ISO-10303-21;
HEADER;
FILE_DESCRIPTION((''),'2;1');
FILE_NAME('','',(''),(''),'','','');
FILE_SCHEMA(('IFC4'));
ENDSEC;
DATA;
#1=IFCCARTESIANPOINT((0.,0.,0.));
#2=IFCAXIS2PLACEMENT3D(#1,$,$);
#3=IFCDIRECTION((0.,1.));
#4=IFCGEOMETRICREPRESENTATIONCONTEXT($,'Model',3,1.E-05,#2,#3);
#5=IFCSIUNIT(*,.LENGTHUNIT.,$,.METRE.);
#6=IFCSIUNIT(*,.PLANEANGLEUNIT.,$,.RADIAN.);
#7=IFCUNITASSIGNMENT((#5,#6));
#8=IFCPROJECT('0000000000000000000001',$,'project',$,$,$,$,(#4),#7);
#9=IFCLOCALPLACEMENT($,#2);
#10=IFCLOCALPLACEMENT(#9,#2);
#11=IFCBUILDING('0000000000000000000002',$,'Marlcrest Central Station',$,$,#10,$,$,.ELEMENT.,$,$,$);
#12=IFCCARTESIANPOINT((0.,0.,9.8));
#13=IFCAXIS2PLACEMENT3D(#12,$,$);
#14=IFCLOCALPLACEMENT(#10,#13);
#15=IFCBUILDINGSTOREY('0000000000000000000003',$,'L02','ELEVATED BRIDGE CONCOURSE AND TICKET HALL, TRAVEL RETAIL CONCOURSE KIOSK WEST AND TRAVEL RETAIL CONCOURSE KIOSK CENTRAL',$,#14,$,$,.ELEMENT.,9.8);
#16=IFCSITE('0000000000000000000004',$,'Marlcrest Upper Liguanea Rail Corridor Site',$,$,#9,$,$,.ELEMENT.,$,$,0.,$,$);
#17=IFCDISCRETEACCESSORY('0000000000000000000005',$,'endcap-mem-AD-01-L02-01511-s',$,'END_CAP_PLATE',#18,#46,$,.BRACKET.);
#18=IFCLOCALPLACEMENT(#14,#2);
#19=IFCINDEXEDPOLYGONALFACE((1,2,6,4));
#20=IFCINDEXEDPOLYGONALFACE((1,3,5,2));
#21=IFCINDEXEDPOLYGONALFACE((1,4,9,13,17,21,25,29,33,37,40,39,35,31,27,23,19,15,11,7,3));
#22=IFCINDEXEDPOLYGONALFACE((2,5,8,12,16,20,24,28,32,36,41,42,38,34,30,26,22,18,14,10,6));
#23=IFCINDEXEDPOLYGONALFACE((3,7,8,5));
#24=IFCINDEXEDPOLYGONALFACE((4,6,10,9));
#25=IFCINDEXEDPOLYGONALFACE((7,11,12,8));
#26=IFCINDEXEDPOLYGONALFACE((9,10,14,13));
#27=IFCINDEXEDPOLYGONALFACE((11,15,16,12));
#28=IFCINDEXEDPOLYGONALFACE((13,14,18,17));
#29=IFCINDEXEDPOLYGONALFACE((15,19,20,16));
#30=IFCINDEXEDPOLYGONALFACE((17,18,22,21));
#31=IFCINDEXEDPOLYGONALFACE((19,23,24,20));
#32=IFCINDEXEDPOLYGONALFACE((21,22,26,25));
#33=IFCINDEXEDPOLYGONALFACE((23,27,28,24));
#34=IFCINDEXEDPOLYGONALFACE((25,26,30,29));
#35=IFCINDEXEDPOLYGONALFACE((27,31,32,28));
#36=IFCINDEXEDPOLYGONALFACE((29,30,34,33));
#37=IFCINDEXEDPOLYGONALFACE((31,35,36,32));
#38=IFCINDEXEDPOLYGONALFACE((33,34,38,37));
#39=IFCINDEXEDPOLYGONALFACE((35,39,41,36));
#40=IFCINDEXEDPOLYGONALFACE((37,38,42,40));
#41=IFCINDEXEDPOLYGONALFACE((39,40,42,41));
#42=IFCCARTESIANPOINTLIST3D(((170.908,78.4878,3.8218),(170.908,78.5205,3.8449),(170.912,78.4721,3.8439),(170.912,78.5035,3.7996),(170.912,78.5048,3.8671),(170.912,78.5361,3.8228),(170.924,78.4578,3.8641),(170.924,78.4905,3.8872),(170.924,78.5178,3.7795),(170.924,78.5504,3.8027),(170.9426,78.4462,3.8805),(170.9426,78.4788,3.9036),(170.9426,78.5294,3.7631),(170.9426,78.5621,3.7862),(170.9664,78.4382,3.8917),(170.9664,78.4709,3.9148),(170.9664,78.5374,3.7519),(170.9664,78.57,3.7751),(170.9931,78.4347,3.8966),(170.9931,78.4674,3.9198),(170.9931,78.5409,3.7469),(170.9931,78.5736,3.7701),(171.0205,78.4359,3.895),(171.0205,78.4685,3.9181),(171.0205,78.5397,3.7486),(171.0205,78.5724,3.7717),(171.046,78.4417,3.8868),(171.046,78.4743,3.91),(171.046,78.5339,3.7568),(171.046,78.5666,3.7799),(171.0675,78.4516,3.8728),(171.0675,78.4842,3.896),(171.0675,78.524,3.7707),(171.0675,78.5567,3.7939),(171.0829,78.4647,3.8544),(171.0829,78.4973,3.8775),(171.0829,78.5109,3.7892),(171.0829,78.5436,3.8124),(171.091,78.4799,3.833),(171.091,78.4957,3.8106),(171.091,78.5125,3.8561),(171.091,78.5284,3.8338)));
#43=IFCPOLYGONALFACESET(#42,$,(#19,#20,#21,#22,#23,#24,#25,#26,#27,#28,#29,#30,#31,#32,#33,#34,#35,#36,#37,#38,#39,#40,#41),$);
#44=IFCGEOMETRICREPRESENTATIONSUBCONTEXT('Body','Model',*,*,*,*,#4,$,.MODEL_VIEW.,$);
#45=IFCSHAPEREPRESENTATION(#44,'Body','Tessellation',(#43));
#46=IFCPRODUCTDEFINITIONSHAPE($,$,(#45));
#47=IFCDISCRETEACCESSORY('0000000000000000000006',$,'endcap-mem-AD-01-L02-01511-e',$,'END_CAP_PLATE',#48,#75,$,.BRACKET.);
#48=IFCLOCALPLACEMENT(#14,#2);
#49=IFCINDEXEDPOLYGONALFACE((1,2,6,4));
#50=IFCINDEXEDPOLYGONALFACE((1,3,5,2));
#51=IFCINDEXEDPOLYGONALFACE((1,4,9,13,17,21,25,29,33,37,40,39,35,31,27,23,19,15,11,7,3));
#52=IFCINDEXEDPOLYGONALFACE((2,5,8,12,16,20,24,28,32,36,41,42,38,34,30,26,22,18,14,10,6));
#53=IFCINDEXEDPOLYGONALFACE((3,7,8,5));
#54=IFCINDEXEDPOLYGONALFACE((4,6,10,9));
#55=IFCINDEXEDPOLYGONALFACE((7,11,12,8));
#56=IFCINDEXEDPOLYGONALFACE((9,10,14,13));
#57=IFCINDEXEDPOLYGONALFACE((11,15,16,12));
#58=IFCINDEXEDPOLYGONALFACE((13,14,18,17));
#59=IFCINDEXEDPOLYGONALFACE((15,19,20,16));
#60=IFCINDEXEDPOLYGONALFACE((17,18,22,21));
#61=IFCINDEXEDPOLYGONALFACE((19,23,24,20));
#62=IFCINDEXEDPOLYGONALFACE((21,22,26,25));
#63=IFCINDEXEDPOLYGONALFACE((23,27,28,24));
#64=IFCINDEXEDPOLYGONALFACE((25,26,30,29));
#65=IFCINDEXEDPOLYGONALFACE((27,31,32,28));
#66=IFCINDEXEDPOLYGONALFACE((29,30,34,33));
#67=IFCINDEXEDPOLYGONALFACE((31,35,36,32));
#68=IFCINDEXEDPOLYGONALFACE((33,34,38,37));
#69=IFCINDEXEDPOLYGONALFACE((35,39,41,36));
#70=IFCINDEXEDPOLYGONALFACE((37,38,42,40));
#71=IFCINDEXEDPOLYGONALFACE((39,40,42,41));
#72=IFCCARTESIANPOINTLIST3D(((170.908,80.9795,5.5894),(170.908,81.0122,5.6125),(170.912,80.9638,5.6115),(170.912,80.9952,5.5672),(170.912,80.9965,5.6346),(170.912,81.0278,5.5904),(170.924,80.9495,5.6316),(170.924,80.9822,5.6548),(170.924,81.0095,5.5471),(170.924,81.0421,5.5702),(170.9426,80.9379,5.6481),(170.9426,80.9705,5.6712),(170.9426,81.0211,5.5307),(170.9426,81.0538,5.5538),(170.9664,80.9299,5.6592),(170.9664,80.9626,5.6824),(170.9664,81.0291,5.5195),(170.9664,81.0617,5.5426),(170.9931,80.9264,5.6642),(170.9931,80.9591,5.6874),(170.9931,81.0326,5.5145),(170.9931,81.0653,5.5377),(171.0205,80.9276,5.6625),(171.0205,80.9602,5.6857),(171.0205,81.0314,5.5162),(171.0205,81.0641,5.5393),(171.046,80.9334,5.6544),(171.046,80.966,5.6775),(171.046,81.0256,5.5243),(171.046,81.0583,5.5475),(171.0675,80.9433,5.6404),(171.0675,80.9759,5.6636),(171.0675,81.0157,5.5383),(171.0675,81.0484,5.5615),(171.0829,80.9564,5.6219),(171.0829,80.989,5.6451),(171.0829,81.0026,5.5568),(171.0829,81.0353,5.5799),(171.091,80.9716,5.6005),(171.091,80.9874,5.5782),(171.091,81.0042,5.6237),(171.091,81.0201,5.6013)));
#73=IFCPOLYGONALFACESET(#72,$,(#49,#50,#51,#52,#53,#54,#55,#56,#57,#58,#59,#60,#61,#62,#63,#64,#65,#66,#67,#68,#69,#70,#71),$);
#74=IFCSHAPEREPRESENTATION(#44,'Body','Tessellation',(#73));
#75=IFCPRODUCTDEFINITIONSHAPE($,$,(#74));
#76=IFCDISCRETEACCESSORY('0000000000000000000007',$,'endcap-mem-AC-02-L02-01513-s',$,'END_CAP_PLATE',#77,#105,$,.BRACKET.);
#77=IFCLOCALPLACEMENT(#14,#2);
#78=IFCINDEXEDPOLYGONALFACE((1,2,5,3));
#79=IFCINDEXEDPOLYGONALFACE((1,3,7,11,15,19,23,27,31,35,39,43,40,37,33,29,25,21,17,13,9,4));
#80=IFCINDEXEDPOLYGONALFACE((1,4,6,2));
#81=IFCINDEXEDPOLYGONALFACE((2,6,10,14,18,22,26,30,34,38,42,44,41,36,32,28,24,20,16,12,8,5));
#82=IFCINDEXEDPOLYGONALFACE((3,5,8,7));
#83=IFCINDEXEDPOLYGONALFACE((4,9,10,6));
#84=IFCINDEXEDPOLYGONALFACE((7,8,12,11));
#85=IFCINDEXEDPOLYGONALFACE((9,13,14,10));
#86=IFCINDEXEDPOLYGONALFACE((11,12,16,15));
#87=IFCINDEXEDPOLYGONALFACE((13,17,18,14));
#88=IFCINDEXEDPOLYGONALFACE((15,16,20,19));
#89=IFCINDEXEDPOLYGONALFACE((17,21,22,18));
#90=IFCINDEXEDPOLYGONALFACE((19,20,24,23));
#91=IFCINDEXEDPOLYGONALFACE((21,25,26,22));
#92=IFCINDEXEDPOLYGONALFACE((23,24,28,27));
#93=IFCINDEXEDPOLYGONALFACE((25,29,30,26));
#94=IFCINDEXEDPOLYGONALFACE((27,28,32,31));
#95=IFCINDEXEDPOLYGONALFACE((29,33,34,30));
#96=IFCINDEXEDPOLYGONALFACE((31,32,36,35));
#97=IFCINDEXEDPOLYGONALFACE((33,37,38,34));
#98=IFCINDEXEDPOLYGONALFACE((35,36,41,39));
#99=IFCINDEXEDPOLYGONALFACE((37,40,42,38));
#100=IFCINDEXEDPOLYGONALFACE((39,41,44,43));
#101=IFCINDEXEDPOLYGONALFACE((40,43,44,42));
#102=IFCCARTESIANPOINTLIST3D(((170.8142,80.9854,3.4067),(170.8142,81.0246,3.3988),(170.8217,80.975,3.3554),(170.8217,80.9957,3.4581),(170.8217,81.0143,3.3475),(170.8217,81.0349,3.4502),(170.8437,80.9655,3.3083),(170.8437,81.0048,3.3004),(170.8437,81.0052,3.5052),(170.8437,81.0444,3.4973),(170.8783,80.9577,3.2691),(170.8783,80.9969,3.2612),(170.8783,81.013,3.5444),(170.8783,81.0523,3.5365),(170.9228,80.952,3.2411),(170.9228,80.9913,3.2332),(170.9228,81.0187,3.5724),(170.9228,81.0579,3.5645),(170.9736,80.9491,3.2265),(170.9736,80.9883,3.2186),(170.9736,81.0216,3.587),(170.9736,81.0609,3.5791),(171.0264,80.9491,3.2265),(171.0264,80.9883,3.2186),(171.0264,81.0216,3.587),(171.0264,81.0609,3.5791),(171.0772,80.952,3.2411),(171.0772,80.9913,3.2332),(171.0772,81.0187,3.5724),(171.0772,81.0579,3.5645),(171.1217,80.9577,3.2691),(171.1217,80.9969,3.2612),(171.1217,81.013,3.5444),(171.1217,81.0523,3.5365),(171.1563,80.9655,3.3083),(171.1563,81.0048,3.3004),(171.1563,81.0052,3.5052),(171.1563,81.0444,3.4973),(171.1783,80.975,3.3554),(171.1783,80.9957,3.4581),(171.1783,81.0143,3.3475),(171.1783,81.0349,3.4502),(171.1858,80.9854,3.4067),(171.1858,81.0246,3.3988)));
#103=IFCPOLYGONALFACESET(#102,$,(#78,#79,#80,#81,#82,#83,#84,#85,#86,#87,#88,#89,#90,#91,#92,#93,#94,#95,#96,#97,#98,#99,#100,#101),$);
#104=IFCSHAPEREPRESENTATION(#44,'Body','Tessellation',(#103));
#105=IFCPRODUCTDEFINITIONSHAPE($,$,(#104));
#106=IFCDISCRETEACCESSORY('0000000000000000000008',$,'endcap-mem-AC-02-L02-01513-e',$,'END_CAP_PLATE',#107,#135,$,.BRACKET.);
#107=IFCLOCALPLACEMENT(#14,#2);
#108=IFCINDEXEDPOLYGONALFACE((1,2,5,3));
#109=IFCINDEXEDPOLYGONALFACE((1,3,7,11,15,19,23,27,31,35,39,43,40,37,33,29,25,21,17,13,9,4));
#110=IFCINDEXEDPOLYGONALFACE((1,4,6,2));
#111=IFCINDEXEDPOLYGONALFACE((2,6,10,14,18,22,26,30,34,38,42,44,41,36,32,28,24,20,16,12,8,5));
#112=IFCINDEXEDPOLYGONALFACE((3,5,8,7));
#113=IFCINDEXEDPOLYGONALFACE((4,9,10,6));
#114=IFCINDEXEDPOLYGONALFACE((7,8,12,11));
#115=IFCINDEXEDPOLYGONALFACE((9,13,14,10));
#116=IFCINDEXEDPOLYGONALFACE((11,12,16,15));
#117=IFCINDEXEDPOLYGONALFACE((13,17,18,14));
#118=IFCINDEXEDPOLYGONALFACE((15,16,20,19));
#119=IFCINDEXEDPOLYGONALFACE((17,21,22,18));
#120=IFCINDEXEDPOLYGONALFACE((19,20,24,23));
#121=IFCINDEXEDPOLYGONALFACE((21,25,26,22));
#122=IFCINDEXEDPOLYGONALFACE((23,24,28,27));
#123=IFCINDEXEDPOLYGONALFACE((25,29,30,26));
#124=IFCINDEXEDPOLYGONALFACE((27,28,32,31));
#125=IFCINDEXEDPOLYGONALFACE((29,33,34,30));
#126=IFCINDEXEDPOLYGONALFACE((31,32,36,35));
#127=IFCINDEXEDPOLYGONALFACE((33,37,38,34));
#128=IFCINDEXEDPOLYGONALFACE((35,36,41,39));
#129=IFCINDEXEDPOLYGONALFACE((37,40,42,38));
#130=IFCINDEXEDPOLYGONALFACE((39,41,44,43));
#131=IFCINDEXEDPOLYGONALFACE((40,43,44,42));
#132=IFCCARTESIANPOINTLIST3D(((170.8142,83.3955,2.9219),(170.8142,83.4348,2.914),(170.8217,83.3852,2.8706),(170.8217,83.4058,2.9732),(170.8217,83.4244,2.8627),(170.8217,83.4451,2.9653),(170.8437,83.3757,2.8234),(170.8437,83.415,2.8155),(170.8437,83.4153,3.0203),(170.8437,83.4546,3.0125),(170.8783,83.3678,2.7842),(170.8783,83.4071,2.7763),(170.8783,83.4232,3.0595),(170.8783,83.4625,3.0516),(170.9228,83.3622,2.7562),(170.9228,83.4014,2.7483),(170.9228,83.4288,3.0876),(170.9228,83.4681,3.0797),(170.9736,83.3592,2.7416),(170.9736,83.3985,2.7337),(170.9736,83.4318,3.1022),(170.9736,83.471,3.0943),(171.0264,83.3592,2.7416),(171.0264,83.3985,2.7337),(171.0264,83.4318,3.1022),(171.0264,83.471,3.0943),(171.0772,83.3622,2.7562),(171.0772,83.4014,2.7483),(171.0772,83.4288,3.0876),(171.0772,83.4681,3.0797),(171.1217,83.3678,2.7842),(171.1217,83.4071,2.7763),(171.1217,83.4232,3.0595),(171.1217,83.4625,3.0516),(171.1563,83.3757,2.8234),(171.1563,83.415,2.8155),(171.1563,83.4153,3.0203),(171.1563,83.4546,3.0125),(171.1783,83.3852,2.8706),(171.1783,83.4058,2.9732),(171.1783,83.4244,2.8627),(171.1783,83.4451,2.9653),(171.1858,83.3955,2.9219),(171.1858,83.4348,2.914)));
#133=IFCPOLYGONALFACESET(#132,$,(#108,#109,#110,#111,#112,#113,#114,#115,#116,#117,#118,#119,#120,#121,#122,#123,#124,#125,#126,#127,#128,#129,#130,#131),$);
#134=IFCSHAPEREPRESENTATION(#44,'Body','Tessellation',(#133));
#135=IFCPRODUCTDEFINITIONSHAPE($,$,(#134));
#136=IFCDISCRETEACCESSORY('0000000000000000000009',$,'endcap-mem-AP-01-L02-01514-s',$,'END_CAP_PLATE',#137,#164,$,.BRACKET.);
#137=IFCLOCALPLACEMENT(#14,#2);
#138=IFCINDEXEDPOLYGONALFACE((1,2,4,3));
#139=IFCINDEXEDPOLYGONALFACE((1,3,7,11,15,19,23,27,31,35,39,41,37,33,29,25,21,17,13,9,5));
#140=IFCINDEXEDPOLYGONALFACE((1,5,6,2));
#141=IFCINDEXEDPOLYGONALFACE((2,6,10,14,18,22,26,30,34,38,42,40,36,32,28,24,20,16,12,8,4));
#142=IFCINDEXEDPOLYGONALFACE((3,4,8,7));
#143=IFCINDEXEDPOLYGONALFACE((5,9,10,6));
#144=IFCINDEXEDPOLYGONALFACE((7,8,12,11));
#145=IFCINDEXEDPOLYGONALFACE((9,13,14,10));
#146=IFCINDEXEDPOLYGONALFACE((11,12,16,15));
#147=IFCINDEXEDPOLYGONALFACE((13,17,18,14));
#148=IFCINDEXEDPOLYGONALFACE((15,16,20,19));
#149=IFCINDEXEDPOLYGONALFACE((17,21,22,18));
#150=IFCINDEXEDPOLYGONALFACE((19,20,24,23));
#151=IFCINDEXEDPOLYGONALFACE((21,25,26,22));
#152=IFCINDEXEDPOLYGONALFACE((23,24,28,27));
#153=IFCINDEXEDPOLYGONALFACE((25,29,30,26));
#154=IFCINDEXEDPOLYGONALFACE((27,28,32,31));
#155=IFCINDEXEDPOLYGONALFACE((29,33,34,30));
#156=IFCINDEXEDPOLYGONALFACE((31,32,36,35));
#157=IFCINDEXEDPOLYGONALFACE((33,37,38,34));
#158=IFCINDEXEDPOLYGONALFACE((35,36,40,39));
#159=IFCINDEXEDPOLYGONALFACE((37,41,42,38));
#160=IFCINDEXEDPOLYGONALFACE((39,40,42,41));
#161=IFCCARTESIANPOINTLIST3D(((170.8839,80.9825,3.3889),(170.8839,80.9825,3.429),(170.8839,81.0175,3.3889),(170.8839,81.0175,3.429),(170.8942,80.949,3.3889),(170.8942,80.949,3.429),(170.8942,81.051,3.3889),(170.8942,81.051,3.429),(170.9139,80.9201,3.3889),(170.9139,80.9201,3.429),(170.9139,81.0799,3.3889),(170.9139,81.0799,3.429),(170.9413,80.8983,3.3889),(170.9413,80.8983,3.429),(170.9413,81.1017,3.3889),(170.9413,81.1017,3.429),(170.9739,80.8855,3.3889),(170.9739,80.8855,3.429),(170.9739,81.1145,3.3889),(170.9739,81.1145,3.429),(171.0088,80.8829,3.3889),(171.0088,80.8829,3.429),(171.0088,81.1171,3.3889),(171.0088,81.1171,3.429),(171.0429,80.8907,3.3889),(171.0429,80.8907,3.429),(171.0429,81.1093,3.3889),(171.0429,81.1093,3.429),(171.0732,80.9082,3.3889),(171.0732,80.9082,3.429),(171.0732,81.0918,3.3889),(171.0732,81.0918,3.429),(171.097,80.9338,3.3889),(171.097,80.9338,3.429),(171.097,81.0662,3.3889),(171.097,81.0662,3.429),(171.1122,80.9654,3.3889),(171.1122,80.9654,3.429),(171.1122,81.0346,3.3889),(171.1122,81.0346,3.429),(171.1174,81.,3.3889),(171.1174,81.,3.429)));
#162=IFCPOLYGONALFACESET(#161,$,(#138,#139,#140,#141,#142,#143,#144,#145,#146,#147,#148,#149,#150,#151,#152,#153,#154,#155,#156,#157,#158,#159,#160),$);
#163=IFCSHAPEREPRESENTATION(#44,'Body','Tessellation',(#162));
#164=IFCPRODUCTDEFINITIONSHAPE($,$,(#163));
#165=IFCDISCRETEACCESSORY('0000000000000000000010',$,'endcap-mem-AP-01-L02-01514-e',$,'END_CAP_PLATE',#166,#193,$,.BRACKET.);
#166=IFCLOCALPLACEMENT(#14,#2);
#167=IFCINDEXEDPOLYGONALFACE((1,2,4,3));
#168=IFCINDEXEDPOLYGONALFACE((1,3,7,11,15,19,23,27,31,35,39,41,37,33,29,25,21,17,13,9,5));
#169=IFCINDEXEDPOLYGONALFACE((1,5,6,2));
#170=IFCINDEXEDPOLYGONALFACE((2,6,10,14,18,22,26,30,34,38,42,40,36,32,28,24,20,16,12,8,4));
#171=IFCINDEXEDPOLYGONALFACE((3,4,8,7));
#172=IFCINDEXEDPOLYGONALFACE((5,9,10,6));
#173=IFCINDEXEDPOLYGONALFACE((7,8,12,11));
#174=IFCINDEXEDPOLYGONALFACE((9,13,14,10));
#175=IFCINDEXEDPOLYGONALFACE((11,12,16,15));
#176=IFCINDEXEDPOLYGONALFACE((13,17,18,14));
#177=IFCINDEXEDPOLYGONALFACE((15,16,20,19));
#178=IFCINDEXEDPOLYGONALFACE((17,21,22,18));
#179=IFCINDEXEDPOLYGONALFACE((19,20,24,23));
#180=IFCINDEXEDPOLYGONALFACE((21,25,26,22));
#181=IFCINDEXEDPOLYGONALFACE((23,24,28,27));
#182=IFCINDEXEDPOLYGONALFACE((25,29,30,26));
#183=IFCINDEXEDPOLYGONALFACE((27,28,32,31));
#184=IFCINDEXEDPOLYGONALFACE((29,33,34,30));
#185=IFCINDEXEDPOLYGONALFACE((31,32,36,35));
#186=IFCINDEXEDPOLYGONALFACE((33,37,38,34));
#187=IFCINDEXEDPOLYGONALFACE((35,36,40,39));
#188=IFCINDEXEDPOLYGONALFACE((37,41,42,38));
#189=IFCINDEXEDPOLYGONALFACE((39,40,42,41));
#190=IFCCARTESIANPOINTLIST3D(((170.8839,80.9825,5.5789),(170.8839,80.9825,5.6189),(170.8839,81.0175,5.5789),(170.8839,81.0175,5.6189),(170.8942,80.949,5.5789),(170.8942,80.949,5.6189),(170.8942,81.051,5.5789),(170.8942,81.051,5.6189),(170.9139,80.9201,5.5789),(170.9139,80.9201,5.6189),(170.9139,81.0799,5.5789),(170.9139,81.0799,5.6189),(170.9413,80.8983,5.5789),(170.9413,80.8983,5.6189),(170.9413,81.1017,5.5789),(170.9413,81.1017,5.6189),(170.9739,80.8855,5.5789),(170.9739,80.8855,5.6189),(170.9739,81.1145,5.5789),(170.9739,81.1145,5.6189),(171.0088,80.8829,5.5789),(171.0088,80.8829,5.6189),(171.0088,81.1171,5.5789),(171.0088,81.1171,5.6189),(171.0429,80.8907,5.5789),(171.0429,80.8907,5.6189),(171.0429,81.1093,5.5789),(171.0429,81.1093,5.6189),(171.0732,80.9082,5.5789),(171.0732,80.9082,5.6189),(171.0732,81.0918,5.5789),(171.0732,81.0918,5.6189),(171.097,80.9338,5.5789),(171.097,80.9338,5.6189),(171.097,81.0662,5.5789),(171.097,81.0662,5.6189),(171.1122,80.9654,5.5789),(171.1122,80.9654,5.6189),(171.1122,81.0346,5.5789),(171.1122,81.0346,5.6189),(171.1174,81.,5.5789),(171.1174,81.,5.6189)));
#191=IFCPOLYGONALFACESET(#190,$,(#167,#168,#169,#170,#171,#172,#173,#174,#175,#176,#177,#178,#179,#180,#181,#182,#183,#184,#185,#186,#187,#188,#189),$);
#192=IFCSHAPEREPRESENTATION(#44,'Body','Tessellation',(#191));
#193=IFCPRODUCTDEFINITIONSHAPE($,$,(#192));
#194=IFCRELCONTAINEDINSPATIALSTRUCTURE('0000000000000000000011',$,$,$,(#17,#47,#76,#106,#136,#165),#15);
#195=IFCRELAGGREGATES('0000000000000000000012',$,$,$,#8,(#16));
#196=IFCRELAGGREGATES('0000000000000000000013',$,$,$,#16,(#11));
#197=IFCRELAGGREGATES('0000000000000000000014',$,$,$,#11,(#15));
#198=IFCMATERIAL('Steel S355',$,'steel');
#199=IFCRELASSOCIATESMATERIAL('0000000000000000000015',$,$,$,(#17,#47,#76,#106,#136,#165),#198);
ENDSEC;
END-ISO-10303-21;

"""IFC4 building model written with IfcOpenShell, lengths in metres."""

from ifc_helpers import new_model, si_unit, direction, frame, origin, origin_2d, place, context, subcontext, project, spatial, circle, extrude, material, element, save


model = new_model("IFC4")

# Units and contexts
model_context = context("Model", 3, precision=1e-05, world=origin(), true_north=direction((0.0, 1.0)))
body_context = subcontext(model_context, "Body", "Model", "MODEL_VIEW")
ifc_project = project(units=[si_unit("LENGTHUNIT", "METRE"), si_unit("PLANEANGLEUNIT", "RADIAN")], contexts=[model_context])

# Site, building, storey
site_placement = place(None, origin())
site = spatial("IfcSite", under=ifc_project, at=site_placement, Name="Marlcrest Upper Liguanea Rail Corridor Site", CompositionType="ELEMENT", RefElevation=0.0)
building_placement = place(site_placement, origin())
building = spatial("IfcBuilding", under=site, at=building_placement, Name="Marlcrest Central Station", CompositionType="ELEMENT")
storey_placement = place(building_placement, frame((0.0, 0.0, 9.8)))
storey = spatial("IfcBuildingStorey", under=building, at=storey_placement, Name="L02", Description="ELEVATED BRIDGE CONCOURSE AND TICKET HALL, TRAVEL RETAIL CONCOURSE KIOSK WEST AND TRAVEL RETAIL CONCOURSE KIOSK CENTRAL", CompositionType="ELEMENT", Elevation=9.8)

# Shared definitions
ifc_material_1 = material(Name="Steel S355", Category="steel")

# Discrete accessories
for number, where, z_axis, x_axis, name in (
    (1, (171.0, 78.4878, 3.8218), (0.0, 0.815661, 0.57853), (-1.0, 0.0, 0.0), "endcap-mem-AD-01-L02-01511-s"),
    (2, (171.0, 80.9795, 5.5894), (0.0, 0.815661, 0.57853), (-1.0, 0.0, 0.0), "endcap-mem-AD-01-L02-01511-e"),
):
    element("IfcDiscreteAccessory", number, at=place(storey_placement, frame(where, z_axis=z_axis, x_axis=x_axis)), inside=storey, material=ifc_material_1, Name=name, ObjectType="END_CAP_PLATE", PredefinedType="BRACKET", context=body_context, shape_type="SweptSolid", body=[
        extrude(circle(Radius=0.092, at=origin_2d()), origin(), (0.0, 0.0, 1.0), 0.04),
    ])
for number, where, z_axis, x_axis, name in (
    (3, (171.0, 80.9854, 3.4067), (0.0, 0.980359, -0.197219), (-1.0, 0.0, 0.0), "endcap-mem-AC-02-L02-01513-s"),
    (4, (171.0, 83.3955, 2.9219), (0.0, 0.980359, -0.197219), (-1.0, 0.0, 0.0), "endcap-mem-AC-02-L02-01513-e"),
):
    element("IfcDiscreteAccessory", number, at=place(storey_placement, frame(where, z_axis=z_axis, x_axis=x_axis)), inside=storey, material=ifc_material_1, Name=name, ObjectType="END_CAP_PLATE", PredefinedType="BRACKET", context=body_context, shape_type="SweptSolid", body=[
        extrude(circle(Radius=0.1858, at=origin_2d()), origin(), (0.0, 0.0, 1.0), 0.04),
    ])
for number, where, z_axis, x_axis, name in (
    (5, (171.0, 81.0, 3.3889), (0.0, 0.0, 1.0), (1.0, 0.0, 0.0), "endcap-mem-AP-01-L02-01514-s"),
    (6, (171.0, 81.0, 5.5789), (0.0, 0.0, 1.0), (1.0, 0.0, 0.0), "endcap-mem-AP-01-L02-01514-e"),
):
    element("IfcDiscreteAccessory", number, at=place(storey_placement, frame(where, z_axis=z_axis, x_axis=x_axis)), inside=storey, material=ifc_material_1, Name=name, ObjectType="END_CAP_PLATE", PredefinedType="BRACKET", context=body_context, shape_type="SweptSolid", body=[
        extrude(circle(Radius=0.1174, at=origin_2d()), origin(), (0.0, 0.0, 1.0), 0.04),
    ])

save(model, "model.ifc")
